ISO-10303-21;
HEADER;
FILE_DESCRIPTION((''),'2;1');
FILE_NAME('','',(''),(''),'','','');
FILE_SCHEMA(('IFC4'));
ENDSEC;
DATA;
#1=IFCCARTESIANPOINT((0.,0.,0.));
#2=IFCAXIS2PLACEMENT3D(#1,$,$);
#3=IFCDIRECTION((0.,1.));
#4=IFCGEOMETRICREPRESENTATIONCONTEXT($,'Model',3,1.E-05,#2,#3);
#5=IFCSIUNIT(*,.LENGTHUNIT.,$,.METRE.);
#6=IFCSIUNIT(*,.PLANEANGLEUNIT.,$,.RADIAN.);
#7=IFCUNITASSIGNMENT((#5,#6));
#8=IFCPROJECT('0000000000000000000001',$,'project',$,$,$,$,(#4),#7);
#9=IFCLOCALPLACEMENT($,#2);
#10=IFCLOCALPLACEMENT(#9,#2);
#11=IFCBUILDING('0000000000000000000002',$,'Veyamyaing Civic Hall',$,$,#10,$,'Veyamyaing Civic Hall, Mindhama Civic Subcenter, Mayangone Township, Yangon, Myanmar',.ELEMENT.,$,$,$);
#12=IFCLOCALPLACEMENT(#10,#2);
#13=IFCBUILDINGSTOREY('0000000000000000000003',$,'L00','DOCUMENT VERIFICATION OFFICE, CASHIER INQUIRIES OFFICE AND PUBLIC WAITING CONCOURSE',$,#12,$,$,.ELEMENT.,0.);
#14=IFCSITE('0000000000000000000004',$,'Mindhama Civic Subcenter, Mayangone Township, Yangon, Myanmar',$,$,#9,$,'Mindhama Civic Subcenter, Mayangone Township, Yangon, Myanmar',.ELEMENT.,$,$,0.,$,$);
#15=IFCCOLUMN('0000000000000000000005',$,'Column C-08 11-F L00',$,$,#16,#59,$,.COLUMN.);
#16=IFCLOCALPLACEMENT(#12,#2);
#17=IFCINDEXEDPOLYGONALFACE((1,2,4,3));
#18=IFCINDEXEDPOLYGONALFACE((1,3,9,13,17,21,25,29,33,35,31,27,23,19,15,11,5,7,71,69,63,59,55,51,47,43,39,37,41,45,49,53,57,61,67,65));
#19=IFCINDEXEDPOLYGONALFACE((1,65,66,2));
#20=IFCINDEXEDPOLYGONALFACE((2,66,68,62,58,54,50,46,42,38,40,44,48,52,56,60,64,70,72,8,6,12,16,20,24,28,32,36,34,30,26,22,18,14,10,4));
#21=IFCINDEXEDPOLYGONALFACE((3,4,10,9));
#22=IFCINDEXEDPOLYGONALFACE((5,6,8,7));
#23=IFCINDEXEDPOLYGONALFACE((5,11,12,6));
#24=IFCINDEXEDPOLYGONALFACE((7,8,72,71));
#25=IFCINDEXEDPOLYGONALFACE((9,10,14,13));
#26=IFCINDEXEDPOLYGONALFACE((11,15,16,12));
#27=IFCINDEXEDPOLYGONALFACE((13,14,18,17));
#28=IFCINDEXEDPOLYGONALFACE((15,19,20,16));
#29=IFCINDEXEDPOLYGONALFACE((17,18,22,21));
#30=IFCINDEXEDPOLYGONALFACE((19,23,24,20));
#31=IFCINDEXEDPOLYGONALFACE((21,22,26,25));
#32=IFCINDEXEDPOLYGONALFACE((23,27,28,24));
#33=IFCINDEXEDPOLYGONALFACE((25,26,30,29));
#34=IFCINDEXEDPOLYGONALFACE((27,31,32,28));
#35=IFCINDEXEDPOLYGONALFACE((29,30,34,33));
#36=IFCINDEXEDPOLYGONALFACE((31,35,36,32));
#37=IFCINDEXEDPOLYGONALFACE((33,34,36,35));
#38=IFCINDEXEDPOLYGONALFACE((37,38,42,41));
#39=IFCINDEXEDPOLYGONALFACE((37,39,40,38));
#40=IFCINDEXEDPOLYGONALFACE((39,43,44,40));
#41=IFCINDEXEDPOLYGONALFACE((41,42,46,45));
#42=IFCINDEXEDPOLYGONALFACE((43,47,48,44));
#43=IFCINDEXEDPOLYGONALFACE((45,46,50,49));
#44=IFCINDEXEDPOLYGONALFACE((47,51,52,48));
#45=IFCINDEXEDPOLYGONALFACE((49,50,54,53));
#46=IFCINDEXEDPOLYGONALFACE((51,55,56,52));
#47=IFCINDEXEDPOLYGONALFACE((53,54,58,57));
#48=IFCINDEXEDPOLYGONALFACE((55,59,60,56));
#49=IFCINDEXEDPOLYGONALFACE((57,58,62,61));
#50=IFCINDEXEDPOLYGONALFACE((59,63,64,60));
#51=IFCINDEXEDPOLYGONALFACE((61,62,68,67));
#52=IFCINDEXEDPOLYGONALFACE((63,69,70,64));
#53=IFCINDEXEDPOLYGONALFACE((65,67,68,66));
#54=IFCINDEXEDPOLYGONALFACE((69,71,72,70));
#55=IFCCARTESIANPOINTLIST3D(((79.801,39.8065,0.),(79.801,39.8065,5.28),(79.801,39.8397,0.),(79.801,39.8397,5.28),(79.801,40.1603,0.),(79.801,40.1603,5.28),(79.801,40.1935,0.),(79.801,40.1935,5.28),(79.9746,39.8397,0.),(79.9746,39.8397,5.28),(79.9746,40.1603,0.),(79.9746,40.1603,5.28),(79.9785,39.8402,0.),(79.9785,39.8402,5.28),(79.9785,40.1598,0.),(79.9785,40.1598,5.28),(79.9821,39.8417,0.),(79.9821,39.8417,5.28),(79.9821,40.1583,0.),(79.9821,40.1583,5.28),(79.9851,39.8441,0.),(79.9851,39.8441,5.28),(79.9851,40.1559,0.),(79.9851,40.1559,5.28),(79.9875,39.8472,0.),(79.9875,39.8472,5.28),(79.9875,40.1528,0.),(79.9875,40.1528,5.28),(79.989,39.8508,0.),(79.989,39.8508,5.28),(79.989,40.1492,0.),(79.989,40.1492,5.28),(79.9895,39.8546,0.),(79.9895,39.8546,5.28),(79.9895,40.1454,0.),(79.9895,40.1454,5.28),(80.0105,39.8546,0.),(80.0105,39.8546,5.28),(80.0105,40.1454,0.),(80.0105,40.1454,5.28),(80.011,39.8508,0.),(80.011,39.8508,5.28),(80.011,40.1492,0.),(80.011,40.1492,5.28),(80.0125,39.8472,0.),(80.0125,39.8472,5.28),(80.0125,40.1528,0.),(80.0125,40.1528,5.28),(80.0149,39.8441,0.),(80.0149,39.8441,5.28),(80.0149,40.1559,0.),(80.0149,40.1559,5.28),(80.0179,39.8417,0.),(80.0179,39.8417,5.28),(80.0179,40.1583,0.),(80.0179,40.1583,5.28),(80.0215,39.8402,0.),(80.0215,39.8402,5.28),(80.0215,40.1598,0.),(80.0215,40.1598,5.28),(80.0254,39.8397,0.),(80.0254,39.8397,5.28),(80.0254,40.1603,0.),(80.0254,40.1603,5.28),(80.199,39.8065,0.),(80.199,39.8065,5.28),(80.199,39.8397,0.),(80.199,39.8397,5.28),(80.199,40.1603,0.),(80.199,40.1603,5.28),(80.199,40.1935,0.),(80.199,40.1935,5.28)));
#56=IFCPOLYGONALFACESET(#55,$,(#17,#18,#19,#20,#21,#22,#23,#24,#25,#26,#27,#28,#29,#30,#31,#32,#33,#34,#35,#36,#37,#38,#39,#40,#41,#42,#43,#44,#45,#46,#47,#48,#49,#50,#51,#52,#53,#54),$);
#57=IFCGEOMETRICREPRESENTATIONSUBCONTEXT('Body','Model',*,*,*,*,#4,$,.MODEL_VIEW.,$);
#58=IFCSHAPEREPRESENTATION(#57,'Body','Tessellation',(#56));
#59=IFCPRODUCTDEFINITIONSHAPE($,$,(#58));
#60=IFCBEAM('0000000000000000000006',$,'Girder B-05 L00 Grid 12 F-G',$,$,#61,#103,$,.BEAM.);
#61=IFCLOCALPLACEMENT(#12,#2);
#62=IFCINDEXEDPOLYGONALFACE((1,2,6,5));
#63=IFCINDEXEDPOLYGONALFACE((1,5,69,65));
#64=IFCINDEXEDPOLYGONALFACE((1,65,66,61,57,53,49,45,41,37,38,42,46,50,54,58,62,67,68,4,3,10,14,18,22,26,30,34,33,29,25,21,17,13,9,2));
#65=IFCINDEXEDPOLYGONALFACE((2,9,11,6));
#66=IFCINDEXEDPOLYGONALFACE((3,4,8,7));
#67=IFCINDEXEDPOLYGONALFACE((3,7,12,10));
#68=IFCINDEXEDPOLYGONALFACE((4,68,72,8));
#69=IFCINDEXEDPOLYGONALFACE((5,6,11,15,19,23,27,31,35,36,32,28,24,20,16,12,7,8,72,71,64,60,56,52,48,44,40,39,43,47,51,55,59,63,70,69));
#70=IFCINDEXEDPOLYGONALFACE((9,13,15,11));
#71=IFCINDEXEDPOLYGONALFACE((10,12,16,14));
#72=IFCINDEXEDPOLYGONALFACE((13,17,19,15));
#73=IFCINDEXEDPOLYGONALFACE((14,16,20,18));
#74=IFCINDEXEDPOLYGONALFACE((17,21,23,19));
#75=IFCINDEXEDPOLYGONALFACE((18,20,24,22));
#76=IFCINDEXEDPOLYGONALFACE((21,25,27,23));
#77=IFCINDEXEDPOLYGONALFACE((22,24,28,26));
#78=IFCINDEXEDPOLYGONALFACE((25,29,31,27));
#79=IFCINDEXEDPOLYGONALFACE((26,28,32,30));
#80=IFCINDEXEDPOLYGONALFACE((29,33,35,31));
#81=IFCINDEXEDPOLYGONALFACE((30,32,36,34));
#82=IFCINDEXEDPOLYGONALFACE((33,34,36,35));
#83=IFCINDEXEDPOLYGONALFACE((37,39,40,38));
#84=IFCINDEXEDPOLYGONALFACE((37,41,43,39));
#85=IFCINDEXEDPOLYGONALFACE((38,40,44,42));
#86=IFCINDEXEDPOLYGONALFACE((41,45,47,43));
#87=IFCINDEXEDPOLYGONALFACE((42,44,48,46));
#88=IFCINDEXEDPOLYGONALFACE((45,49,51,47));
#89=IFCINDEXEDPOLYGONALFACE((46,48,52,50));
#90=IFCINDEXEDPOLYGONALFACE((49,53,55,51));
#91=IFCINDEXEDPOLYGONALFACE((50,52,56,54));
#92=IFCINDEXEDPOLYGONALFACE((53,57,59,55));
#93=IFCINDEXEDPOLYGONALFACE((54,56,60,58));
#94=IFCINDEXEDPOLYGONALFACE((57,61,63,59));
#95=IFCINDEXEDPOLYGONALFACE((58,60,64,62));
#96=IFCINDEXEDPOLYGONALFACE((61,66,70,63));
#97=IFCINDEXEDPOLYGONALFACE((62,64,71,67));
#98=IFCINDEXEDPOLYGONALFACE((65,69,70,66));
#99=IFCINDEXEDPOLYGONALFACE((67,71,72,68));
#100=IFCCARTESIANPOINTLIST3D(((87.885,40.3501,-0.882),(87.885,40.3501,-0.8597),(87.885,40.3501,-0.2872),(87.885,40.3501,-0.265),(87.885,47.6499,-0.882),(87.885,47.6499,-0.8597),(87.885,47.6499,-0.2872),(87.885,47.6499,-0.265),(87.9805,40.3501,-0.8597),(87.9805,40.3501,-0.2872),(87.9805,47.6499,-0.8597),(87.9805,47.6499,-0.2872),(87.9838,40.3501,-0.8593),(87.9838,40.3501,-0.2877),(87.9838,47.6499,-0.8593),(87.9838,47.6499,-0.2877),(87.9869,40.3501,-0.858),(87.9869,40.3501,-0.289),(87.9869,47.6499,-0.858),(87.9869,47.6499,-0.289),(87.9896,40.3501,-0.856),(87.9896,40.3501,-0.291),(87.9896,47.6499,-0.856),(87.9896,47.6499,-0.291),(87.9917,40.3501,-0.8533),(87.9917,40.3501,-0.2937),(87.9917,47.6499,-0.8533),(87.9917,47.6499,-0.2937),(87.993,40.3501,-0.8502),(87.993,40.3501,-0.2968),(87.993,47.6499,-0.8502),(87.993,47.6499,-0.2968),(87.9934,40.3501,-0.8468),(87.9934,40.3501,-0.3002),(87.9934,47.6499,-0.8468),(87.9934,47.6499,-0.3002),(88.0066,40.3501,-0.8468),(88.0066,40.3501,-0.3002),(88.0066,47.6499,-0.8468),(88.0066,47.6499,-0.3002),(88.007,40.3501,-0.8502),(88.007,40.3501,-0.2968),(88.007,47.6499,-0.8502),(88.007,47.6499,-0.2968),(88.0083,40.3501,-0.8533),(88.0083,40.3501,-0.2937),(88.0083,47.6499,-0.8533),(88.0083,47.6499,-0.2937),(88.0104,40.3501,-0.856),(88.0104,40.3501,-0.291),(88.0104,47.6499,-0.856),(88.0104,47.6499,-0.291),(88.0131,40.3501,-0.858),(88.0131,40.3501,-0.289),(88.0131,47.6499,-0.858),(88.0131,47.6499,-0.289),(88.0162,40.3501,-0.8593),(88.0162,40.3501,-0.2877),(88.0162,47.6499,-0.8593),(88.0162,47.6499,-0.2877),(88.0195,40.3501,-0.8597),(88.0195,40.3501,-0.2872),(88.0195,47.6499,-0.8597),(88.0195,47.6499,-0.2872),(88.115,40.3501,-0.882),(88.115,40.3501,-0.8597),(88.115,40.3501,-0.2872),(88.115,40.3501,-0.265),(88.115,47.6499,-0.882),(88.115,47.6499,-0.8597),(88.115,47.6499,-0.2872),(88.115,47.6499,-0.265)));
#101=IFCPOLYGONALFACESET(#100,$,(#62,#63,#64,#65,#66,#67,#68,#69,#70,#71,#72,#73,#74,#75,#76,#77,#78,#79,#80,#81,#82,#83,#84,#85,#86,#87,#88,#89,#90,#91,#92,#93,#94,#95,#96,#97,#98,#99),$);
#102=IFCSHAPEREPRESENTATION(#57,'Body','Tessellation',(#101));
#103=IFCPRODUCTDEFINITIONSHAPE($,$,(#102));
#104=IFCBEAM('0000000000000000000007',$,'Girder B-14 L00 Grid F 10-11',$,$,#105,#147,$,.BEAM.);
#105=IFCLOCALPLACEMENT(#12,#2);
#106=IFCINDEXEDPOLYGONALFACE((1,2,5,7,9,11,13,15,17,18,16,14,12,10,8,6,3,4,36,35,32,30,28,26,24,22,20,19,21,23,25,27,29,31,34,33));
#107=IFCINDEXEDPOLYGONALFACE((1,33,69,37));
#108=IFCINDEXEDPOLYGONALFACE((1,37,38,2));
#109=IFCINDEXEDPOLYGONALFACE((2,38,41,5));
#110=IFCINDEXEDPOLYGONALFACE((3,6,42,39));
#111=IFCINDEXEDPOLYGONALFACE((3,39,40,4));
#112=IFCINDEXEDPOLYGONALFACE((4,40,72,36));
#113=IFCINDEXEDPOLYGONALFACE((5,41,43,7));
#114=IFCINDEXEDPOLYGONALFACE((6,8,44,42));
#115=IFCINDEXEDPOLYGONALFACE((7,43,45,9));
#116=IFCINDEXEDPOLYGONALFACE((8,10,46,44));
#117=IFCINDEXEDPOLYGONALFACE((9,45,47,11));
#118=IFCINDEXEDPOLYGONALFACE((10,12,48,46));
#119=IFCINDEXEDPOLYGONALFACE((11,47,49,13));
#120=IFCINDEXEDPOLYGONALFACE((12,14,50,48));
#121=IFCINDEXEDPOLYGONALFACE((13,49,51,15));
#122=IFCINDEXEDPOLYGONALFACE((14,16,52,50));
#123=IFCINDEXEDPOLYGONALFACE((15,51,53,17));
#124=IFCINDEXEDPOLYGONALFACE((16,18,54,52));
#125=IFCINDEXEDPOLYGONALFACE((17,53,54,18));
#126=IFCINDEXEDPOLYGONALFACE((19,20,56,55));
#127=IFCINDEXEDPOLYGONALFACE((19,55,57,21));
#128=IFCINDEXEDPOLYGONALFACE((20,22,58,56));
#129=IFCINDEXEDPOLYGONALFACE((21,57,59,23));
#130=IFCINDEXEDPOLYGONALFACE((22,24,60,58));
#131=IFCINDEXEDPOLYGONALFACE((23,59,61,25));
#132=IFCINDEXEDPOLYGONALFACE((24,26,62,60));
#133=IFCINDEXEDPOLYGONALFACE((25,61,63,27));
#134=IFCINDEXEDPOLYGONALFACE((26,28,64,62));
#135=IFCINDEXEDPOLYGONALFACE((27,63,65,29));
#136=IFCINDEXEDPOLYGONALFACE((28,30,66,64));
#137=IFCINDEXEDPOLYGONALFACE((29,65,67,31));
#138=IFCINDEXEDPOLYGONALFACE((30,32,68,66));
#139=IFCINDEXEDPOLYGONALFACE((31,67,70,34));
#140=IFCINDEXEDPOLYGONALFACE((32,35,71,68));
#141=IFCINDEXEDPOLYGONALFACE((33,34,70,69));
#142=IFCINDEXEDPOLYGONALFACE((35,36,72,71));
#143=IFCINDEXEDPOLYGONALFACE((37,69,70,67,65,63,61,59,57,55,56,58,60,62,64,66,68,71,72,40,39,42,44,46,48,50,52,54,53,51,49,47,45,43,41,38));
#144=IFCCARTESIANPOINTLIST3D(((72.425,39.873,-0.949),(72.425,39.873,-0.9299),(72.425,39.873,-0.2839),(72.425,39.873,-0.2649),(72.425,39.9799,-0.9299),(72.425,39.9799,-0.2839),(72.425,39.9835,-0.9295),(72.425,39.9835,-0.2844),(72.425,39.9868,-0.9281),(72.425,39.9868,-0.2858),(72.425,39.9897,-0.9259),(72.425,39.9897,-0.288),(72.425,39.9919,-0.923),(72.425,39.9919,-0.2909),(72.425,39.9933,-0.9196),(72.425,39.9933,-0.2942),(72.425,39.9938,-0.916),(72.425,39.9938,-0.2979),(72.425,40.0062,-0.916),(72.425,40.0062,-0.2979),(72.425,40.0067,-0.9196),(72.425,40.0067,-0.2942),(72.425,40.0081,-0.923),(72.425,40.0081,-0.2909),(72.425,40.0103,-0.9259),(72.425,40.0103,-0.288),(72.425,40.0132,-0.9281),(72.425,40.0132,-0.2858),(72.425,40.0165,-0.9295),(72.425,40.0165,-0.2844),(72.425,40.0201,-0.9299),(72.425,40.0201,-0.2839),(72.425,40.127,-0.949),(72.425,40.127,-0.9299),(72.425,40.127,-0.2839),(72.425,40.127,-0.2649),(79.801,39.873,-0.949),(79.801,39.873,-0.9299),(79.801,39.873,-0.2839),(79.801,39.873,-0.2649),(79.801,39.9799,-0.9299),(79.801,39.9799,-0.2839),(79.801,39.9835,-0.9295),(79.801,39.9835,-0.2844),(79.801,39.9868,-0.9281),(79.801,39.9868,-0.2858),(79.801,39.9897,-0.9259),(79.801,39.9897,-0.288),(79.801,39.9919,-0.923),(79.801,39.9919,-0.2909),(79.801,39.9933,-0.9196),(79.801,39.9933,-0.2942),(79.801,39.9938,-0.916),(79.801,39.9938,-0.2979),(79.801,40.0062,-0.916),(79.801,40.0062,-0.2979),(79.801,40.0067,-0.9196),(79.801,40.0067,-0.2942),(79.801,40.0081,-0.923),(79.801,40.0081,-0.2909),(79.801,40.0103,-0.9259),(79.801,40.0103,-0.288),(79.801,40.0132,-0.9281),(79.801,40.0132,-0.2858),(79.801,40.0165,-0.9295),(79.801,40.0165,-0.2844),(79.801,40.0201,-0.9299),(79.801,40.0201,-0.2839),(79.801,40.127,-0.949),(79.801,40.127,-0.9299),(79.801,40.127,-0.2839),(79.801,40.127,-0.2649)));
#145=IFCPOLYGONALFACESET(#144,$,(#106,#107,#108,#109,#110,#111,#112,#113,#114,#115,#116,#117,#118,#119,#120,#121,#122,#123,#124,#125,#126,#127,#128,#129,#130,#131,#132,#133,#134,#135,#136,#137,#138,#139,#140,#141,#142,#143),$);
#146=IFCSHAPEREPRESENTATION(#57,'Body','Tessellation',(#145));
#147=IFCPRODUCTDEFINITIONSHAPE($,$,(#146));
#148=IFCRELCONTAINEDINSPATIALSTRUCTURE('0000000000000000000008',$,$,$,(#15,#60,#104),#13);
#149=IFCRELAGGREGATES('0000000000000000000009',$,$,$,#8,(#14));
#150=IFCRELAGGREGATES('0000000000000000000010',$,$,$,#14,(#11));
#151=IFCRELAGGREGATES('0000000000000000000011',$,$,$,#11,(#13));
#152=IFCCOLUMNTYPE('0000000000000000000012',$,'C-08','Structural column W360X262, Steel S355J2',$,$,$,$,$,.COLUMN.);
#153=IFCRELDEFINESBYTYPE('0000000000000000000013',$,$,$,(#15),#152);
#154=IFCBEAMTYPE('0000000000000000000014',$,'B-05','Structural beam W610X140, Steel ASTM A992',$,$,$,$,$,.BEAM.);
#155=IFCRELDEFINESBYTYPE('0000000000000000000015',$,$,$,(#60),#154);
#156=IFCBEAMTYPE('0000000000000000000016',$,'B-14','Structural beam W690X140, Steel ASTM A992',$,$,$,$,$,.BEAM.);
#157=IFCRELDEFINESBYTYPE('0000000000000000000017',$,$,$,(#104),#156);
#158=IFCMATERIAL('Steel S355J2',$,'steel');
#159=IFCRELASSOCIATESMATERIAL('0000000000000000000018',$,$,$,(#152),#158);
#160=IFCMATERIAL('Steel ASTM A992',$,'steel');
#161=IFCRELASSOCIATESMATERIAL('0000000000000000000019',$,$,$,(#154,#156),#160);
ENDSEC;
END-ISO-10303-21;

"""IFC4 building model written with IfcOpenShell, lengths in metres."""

from ifc_helpers import new_model, si_unit, direction, frame, origin, origin_2d, place, context, subcontext, project, spatial, i_section, extrude, material, material_profile, profile_set, type_object, element, save


model = new_model("IFC4")

# Units and contexts
model_context = context("Model", 3, precision=1e-05, world=origin(), true_north=direction((0.0, 1.0)))
body_context = subcontext(model_context, "Body", "Model", "MODEL_VIEW")
ifc_project = project(units=[si_unit("LENGTHUNIT", "METRE"), si_unit("PLANEANGLEUNIT", "RADIAN")], contexts=[model_context])

# Site, building, storey
site_placement = place(None, origin())
site = spatial("IfcSite", under=ifc_project, at=site_placement, Name="Mindhama Civic Subcenter, Mayangone Township, Yangon, Myanmar", LongName="Mindhama Civic Subcenter, Mayangone Township, Yangon, Myanmar", CompositionType="ELEMENT", RefElevation=0.0)
building_placement = place(site_placement, origin())
building = spatial("IfcBuilding", under=site, at=building_placement, Name="Veyamyaing Civic Hall", LongName="Veyamyaing Civic Hall, Mindhama Civic Subcenter, Mayangone Township, Yangon, Myanmar", CompositionType="ELEMENT")
storey_placement = place(building_placement, origin())
storey = spatial("IfcBuildingStorey", under=building, at=storey_placement, Name="L00", Description="DOCUMENT VERIFICATION OFFICE, CASHIER INQUIRIES OFFICE AND PUBLIC WAITING CONCOURSE", CompositionType="ELEMENT", Elevation=0.0)

# Column
ifc_material_1 = material(Name="Steel S355J2", Category="steel")
ifc_material_profile_1 = material_profile(ifc_material_1, i_section(OverallWidth=0.3979, OverallDepth=0.387, WebThickness=0.021, FlangeThickness=0.0332, FilletRadius=0.0149, at=origin_2d()), Name="W360X262")
ifc_profile_set_1 = profile_set([ifc_material_profile_1], Name="Steel S355J2")
column_type = type_object("IfcColumnType", Name="C-08", Description="Structural column W360X262, Steel S355J2", PredefinedType="COLUMN", material=ifc_profile_set_1)
column_placement = place(storey_placement, frame((80.0, 40.0, 0.0), z_axis=(0.0, 0.0, 1.0), x_axis=(1.0, 0.0, 0.0)))
element("IfcColumn", 1, at=column_placement, inside=storey, type_object=column_type, Name="Column C-08 11-F L00", PredefinedType="COLUMN", context=body_context, shape_type="SweptSolid", body=[
    extrude(i_section(OverallWidth=0.3979, OverallDepth=0.387, WebThickness=0.021, FlangeThickness=0.0332, FilletRadius=0.0149, at=origin_2d()), origin(), (0.0, 0.0, 1.0), 5.28),
])

# Beams
ifc_material_2 = material(Name="Steel ASTM A992", Category="steel")
ifc_material_profile_2 = material_profile(ifc_material_2, i_section(OverallWidth=0.23, OverallDepth=0.6169, WebThickness=0.0132, FlangeThickness=0.0222, FilletRadius=0.0129, at=origin_2d()), Name="W610X140")
ifc_profile_set_2 = profile_set([ifc_material_profile_2], Name="Steel ASTM A992")
beam_type_1 = type_object("IfcBeamType", Name="B-05", Description="Structural beam W610X140, Steel ASTM A992", PredefinedType="BEAM", material=ifc_profile_set_2)
beam_1_placement = place(storey_placement, frame((88.0, 40.3501, -0.5735), z_axis=(0.0, 1.0, 0.0), x_axis=(-1.0, 0.0, 0.0)))
element("IfcBeam", 2, at=beam_1_placement, inside=storey, type_object=beam_type_1, Name="Girder B-05 L00 Grid 12 F-G", PredefinedType="BEAM", context=body_context, shape_type="SweptSolid", body=[
    extrude(i_section(OverallWidth=0.23, OverallDepth=0.6169, WebThickness=0.0132, FlangeThickness=0.0222, FilletRadius=0.0129, at=origin_2d()), origin(), (0.0, 0.0, 1.0), 7.2998),
])
ifc_material_profile_3 = material_profile(ifc_material_2, i_section(OverallWidth=0.2539, OverallDepth=0.6841, WebThickness=0.0125, FlangeThickness=0.019, FilletRadius=0.0139, at=origin_2d()), Name="W690X140")
ifc_profile_set_3 = profile_set([ifc_material_profile_3], Name="Steel ASTM A992")
beam_type_2 = type_object("IfcBeamType", Name="B-14", Description="Structural beam W690X140, Steel ASTM A992", PredefinedType="BEAM", material=ifc_profile_set_3)
beam_2_placement = place(storey_placement, frame((72.425, 40.0, -0.6069), z_axis=(1.0, 0.0, 0.0), x_axis=(0.0, 1.0, 0.0)))
element("IfcBeam", 3, at=beam_2_placement, inside=storey, type_object=beam_type_2, Name="Girder B-14 L00 Grid F 10-11", PredefinedType="BEAM", context=body_context, shape_type="SweptSolid", body=[
    extrude(i_section(OverallWidth=0.2539, OverallDepth=0.6841, WebThickness=0.0125, FlangeThickness=0.019, FilletRadius=0.0139, at=origin_2d()), origin(), (0.0, 0.0, 1.0), 7.376),
])

save(model, "model.ifc")
